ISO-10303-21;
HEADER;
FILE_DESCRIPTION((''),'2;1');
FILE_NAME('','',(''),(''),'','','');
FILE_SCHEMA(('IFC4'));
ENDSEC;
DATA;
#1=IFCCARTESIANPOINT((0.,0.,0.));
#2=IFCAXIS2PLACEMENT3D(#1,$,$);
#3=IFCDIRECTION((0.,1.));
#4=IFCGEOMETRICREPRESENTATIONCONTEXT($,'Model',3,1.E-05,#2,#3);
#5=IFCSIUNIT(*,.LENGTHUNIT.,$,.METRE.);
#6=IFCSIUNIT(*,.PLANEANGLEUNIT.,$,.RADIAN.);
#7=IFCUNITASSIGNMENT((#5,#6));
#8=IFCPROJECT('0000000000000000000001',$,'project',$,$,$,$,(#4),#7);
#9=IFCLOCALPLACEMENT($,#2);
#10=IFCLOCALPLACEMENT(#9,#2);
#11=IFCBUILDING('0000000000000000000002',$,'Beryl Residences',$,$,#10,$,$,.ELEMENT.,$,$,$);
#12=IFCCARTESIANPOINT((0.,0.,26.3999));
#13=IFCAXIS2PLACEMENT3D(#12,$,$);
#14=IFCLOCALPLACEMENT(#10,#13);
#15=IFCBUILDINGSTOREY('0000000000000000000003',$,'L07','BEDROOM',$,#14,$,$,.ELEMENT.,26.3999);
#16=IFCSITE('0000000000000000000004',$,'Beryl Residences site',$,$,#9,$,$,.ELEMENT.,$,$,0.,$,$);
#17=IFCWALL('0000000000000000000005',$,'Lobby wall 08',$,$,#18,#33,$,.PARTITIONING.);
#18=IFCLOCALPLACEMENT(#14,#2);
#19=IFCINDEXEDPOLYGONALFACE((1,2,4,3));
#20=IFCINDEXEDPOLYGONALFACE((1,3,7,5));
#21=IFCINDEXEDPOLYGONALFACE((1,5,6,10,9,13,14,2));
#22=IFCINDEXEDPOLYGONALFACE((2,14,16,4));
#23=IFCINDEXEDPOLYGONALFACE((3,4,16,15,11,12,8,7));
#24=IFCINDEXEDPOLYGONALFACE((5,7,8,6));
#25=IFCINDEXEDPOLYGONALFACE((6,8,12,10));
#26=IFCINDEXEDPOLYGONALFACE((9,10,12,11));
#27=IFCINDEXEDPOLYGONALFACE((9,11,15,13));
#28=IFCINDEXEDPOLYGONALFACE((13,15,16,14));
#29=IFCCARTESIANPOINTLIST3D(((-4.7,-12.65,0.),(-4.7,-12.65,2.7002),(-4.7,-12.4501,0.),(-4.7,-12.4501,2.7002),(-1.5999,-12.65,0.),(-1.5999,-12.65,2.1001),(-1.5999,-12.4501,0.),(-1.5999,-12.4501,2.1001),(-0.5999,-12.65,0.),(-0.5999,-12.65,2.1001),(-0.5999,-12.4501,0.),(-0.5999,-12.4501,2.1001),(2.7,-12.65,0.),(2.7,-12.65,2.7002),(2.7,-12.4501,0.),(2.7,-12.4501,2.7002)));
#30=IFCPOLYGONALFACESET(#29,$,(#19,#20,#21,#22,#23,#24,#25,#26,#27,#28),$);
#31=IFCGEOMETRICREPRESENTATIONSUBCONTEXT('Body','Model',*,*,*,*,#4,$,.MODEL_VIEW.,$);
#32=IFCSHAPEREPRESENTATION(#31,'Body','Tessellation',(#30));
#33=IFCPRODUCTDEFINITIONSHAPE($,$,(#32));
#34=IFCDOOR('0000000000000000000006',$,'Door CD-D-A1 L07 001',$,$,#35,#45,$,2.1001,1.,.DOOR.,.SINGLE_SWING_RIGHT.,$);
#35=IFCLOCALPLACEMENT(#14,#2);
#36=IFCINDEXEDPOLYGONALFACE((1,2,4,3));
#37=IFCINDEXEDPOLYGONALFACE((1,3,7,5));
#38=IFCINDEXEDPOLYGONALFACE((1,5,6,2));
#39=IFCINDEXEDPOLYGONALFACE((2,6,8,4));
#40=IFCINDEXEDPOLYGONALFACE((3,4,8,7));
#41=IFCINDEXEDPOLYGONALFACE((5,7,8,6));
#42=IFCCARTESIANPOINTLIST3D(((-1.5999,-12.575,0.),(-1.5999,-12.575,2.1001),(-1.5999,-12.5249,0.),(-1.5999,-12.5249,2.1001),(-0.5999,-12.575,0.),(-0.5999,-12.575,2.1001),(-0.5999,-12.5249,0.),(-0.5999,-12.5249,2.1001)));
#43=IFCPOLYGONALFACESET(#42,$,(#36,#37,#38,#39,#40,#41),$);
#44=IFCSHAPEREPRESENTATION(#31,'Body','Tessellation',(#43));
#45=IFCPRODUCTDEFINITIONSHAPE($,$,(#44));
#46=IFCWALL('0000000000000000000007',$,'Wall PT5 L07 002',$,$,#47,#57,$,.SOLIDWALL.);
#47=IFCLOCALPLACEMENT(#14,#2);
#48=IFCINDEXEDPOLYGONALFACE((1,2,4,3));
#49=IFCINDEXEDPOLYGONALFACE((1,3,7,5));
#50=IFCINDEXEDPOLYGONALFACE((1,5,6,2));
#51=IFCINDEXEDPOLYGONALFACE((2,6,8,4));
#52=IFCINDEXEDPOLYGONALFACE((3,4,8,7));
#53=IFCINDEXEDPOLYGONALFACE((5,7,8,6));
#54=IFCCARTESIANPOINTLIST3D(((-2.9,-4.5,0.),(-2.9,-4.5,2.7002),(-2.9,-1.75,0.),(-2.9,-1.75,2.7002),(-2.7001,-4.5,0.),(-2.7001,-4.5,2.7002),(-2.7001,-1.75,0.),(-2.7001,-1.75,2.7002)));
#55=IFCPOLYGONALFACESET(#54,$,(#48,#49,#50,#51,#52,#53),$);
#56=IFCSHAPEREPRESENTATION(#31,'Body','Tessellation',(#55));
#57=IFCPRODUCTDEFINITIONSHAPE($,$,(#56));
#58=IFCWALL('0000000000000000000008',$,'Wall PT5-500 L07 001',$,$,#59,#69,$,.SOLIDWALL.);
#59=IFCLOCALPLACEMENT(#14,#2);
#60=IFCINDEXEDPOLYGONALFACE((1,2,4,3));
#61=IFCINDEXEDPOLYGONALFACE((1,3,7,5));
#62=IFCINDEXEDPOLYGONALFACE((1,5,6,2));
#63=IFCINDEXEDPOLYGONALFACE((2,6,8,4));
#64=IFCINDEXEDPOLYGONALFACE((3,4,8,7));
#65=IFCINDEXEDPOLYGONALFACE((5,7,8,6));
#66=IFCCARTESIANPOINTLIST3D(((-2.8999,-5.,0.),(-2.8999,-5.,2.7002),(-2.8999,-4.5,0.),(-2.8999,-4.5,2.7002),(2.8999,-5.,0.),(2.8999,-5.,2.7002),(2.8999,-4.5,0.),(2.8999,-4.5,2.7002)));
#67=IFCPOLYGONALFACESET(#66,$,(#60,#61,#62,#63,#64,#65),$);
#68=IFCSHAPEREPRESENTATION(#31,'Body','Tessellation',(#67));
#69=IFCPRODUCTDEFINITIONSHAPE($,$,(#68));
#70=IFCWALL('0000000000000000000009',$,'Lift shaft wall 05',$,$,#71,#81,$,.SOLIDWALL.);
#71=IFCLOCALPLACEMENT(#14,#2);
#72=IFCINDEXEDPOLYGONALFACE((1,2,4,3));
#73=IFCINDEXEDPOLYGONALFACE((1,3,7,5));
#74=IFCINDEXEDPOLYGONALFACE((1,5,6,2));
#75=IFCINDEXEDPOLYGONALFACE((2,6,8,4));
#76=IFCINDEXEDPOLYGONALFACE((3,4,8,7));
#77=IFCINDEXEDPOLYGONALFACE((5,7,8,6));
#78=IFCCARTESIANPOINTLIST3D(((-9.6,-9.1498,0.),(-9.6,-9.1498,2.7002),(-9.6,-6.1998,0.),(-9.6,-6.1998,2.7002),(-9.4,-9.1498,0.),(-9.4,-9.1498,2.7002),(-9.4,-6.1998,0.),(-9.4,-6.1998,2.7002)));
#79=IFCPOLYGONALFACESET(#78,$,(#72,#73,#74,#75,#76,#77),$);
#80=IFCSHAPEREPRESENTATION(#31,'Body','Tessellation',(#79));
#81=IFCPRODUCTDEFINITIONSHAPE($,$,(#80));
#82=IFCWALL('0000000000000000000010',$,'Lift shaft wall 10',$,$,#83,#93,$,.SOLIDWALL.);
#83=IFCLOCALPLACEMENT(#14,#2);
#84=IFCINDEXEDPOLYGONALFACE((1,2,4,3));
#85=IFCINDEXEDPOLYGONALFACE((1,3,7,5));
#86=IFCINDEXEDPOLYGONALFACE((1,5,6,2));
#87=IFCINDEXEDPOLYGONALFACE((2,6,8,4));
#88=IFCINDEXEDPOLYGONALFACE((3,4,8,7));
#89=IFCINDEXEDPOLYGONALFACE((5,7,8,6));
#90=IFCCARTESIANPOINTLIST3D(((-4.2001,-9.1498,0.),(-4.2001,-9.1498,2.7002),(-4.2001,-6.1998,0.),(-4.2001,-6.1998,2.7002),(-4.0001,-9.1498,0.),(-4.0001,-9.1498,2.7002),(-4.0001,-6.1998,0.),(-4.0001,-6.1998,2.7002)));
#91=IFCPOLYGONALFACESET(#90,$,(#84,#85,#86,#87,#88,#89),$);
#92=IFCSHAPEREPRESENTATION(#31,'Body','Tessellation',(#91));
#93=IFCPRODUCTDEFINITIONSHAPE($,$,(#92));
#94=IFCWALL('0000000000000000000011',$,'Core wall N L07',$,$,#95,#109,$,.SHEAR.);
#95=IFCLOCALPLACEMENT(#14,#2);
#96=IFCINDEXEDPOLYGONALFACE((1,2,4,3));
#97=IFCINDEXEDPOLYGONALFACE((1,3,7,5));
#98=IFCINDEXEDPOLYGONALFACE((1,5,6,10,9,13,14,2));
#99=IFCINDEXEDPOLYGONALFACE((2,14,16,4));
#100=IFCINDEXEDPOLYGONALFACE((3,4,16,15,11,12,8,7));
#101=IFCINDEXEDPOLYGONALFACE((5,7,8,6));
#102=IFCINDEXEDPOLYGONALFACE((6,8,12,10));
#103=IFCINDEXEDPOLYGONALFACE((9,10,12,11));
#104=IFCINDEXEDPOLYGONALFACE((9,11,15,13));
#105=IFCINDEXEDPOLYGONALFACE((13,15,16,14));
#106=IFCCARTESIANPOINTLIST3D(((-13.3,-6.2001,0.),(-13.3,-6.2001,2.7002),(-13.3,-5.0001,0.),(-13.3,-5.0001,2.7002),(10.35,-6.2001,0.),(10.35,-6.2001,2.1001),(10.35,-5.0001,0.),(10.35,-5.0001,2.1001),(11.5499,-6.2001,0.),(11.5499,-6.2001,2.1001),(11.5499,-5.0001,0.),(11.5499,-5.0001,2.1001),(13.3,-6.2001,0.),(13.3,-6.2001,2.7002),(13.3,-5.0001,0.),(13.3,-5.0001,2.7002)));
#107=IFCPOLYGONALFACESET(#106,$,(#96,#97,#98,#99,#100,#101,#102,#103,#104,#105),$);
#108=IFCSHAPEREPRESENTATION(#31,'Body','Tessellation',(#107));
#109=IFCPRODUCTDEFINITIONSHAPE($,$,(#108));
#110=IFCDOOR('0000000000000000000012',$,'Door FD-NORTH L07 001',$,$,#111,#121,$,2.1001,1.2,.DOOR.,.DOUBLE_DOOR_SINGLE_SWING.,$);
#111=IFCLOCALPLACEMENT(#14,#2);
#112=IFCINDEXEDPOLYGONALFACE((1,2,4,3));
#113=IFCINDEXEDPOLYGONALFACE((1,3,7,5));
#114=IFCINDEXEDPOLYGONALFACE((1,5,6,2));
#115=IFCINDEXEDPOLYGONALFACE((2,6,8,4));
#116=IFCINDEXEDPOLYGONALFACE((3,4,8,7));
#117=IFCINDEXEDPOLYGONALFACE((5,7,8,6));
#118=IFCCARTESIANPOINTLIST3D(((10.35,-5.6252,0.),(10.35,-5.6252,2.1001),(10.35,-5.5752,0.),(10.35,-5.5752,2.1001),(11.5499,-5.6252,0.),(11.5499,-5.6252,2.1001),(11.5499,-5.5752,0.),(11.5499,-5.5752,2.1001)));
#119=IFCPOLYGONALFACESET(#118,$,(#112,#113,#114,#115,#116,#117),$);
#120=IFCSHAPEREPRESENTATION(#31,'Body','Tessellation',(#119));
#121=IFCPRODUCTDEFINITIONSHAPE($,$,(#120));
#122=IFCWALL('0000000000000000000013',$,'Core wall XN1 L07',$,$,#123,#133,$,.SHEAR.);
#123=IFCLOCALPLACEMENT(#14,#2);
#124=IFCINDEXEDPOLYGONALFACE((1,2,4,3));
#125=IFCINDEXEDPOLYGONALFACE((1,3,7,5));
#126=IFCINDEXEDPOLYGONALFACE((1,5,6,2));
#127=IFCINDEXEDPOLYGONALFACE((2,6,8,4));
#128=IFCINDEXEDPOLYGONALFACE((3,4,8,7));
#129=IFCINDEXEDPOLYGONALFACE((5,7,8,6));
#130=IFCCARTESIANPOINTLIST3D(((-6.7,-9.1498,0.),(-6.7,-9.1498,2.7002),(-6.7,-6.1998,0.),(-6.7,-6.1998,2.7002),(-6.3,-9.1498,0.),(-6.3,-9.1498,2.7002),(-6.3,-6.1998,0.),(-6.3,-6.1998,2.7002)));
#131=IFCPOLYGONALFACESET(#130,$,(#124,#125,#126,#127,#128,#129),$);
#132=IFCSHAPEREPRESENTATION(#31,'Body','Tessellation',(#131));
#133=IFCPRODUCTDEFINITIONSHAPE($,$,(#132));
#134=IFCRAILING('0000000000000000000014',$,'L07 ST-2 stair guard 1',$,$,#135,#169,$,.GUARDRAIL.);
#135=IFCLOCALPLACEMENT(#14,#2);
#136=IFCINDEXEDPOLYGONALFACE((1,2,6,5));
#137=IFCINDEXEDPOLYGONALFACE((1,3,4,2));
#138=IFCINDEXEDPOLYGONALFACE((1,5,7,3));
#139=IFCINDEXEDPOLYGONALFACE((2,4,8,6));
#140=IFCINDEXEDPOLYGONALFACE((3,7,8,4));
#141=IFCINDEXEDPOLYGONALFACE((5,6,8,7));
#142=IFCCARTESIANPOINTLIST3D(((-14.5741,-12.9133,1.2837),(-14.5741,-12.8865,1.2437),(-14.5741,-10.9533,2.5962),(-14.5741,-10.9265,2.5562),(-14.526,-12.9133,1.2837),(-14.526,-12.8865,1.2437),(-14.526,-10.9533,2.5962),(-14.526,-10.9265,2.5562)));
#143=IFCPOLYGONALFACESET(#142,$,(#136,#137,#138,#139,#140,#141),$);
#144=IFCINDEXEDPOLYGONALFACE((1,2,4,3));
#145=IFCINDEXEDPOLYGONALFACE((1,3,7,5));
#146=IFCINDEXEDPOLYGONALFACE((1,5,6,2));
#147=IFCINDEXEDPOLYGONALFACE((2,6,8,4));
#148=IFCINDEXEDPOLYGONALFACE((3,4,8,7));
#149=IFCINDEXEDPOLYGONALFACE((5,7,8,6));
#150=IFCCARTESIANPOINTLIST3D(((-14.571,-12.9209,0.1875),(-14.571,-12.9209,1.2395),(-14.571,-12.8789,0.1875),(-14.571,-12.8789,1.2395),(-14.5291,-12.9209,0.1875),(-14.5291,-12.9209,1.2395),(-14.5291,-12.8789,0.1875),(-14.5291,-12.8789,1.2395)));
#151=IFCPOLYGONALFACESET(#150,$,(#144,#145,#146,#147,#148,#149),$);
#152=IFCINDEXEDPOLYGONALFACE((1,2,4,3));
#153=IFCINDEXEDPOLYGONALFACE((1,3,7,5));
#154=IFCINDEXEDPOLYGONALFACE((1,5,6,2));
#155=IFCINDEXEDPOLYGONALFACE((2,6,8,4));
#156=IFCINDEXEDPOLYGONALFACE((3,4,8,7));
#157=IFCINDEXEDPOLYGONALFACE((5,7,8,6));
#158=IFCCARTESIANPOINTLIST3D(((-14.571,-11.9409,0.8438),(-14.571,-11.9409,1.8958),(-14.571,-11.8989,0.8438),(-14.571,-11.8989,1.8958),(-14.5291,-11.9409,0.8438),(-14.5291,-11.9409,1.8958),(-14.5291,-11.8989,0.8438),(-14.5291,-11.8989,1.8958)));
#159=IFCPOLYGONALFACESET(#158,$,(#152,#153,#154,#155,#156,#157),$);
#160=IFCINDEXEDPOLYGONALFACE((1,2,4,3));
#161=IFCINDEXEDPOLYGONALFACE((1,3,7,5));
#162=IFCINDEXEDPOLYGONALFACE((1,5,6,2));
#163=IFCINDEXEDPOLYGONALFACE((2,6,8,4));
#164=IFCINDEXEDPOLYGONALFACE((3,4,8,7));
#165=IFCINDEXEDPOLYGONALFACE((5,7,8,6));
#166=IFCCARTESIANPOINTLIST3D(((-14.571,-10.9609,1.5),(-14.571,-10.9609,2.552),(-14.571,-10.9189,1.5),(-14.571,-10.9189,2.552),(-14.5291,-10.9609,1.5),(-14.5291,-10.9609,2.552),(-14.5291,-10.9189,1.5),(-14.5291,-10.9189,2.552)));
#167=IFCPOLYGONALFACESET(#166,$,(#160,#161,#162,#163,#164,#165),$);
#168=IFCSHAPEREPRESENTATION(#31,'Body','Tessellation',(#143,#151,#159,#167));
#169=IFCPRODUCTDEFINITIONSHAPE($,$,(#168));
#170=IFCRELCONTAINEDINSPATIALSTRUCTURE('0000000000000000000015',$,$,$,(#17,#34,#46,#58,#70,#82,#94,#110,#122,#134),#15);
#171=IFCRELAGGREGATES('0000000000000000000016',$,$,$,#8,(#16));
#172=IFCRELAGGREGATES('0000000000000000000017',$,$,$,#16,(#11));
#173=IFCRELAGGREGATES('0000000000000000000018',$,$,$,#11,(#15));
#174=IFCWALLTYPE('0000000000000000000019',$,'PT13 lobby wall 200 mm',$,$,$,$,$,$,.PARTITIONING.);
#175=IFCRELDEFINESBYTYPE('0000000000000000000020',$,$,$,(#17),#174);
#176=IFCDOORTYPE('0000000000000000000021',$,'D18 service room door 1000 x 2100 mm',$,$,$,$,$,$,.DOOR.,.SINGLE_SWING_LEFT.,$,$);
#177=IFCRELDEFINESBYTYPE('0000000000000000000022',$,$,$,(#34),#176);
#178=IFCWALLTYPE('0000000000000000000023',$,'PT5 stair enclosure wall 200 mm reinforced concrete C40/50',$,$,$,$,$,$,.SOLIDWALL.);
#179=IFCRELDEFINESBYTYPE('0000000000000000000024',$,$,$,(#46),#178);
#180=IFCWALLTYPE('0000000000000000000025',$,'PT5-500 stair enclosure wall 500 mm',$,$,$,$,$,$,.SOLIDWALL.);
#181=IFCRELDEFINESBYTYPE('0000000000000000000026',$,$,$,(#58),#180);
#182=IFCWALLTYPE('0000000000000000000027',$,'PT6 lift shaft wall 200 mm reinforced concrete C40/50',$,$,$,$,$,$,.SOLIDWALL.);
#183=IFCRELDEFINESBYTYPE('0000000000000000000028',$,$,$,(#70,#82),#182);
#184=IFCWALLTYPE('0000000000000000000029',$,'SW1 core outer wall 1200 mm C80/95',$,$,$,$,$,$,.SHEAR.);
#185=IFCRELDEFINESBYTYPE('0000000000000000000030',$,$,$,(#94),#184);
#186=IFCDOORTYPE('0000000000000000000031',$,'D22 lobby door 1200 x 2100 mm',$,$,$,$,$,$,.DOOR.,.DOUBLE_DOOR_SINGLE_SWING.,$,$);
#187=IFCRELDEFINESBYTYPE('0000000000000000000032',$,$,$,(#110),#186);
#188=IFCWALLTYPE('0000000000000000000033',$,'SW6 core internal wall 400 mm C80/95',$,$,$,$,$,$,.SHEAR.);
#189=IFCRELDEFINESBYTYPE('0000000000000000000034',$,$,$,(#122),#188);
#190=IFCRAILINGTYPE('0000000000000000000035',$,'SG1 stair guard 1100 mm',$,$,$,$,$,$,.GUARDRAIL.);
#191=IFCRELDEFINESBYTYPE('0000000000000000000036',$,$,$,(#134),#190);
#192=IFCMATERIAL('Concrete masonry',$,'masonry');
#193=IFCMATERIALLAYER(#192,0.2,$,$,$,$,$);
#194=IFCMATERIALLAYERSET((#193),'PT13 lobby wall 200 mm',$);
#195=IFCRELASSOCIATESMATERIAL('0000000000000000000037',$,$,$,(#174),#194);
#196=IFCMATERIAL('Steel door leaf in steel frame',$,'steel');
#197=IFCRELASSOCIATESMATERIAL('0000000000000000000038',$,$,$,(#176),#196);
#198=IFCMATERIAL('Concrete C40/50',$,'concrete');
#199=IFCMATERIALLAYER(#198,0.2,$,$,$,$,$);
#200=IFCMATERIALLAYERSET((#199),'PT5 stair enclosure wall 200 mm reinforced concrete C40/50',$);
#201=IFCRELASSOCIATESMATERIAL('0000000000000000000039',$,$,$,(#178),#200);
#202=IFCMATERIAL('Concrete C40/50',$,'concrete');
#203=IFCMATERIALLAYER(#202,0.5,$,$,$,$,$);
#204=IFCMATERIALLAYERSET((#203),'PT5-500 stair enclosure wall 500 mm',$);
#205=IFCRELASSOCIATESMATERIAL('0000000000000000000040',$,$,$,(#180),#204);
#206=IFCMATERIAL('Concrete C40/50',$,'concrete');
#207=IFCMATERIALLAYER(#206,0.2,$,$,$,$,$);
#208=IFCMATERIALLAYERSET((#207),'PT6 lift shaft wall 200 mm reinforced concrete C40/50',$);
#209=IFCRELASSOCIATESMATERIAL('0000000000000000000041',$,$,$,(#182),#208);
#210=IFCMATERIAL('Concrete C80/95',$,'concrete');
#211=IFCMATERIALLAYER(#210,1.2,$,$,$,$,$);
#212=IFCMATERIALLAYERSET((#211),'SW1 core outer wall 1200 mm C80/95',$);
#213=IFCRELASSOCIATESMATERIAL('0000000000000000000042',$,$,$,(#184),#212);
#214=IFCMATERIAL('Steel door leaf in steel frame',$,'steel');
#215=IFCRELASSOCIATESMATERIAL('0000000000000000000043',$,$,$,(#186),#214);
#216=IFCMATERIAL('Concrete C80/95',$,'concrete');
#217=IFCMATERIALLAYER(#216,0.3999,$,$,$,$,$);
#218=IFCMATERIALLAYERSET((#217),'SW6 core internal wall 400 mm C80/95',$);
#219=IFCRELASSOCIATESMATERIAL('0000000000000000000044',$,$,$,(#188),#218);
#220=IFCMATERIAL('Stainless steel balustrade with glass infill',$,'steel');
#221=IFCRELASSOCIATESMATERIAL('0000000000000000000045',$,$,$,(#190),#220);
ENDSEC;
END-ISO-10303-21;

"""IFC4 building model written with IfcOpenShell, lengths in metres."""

from ifc_helpers import new_model, si_unit, direction, frame, frame_2d, origin, origin_2d, place, context, subcontext, project, spatial, rectangle, extrude, material, layer, layer_set, type_object, element, fill, save


model = new_model("IFC4")

# Units and contexts
model_context = context("Model", 3, precision=1e-05, world=origin(), true_north=direction((0.0, 1.0)))
body_context = subcontext(model_context, "Body", "Model", "MODEL_VIEW")
ifc_project = project(units=[si_unit("LENGTHUNIT", "METRE"), si_unit("PLANEANGLEUNIT", "RADIAN")], contexts=[model_context])

# Site, building, storey
site_placement = place(None, origin())
site = spatial("IfcSite", under=ifc_project, at=site_placement, Name="Beryl Residences site", CompositionType="ELEMENT", RefElevation=0.0)
building_placement = place(site_placement, origin())
building = spatial("IfcBuilding", under=site, at=building_placement, Name="Beryl Residences", CompositionType="ELEMENT")
storey_placement = place(building_placement, frame((0.0, 0.0, 26.3999)))
storey = spatial("IfcBuildingStorey", under=building, at=storey_placement, Name="L07", Description="BEDROOM", CompositionType="ELEMENT", Elevation=26.3999)

# Wall, opening, door
ifc_material_1 = material(Name="Concrete masonry", Category="masonry")
ifc_layer_1 = layer(ifc_material_1, 0.2)
ifc_layer_set_1 = layer_set([ifc_layer_1], Name="PT13 lobby wall 200 mm")
wall_type_1 = type_object("IfcWallType", Name="PT13 lobby wall 200 mm", PredefinedType="PARTITIONING", material=ifc_layer_set_1)
wall_1_placement = place(storey_placement, frame((-4.7, -12.55, 0.0), z_axis=(0.0, 0.0, 1.0), x_axis=(1.0, 0.0, 0.0)))
wall_1 = element("IfcWall", 1, at=wall_1_placement, inside=storey, type_object=wall_type_1, Name="Lobby wall 08", PredefinedType="PARTITIONING", context=body_context, shape_type="SweptSolid", body=[
    extrude(rectangle(XDim=7.3999, YDim=0.2, at=frame_2d((3.7, 0.0))), origin(), (0.0, 0.0, 1.0), 2.7002),
])
opening_1_placement = place(wall_1_placement, frame((4.1001, 0.0, 0.0), z_axis=(0.0, 0.0, 1.0), x_axis=(-1.0, 0.0, 0.0)))
opening_1 = element("IfcOpeningElement", 2, at=opening_1_placement, cuts=wall_1, PredefinedType="OPENING", context=body_context, shape_type="SweptSolid", body=[
    extrude(rectangle(XDim=1.0, YDim=2.1001, at=frame_2d((0.5, 1.05))), frame((0.0, 0.1099, 0.0), z_axis=(0.0, -1.0, 0.0), x_axis=(1.0, 0.0, 0.0)), (0.0, 0.0, 1.0), 0.22),
])
ifc_material_2 = material(Name="Steel door leaf in steel frame", Category="steel")
door_type_1 = type_object("IfcDoorType", Name="D18 service room door 1000 x 2100 mm", OperationType="SINGLE_SWING_LEFT", PredefinedType="DOOR", material=ifc_material_2)
door_1_placement = place(opening_1_placement, origin())
door_1 = element("IfcDoor", 3, at=door_1_placement, inside=storey, type_object=door_type_1, Name="Door CD-D-A1 L07 001", OperationType="SINGLE_SWING_RIGHT", OverallHeight=2.1001, OverallWidth=1.0, PredefinedType="DOOR", context=body_context, shape_type="SweptSolid", body=[
    extrude(rectangle(XDim=1.0, YDim=2.1001, at=frame_2d((0.5, 1.05))), frame((0.0, 0.0249, 0.0), z_axis=(0.0, -1.0, 0.0), x_axis=(1.0, 0.0, 0.0)), (0.0, 0.0, 1.0), 0.05),
])
fill(opening_1, door_1)

# Walls
ifc_material_3 = material(Name="Concrete C40/50", Category="concrete")
ifc_layer_2 = layer(ifc_material_3, 0.2)
ifc_layer_set_2 = layer_set([ifc_layer_2], Name="PT5 stair enclosure wall 200 mm reinforced concrete C40/50")
wall_type_2 = type_object("IfcWallType", Name="PT5 stair enclosure wall 200 mm reinforced concrete C40/50", PredefinedType="SOLIDWALL", material=ifc_layer_set_2)
wall_2_placement = place(storey_placement, frame((-2.8, -4.5, 0.0), z_axis=(0.0, 0.0, 1.0), x_axis=(0.0, 1.0, 0.0)))
element("IfcWall", 4, at=wall_2_placement, inside=storey, type_object=wall_type_2, Name="Wall PT5 L07 002", PredefinedType="SOLIDWALL", context=body_context, shape_type="SweptSolid", body=[
    extrude(rectangle(XDim=2.75, YDim=0.2, at=frame_2d((1.375, 0.0))), origin(), (0.0, 0.0, 1.0), 2.7002),
])
ifc_material_4 = material(Name="Concrete C40/50", Category="concrete")
ifc_layer_3 = layer(ifc_material_4, 0.5)
ifc_layer_set_3 = layer_set([ifc_layer_3], Name="PT5-500 stair enclosure wall 500 mm")
wall_type_3 = type_object("IfcWallType", Name="PT5-500 stair enclosure wall 500 mm", PredefinedType="SOLIDWALL", material=ifc_layer_set_3)
wall_3_placement = place(storey_placement, frame((-2.8999, -4.75, 0.0), z_axis=(0.0, 0.0, 1.0), x_axis=(1.0, 0.0, 0.0)))
element("IfcWall", 5, at=wall_3_placement, inside=storey, type_object=wall_type_3, Name="Wall PT5-500 L07 001", PredefinedType="SOLIDWALL", context=body_context, shape_type="SweptSolid", body=[
    extrude(rectangle(XDim=5.7998, YDim=0.5, at=frame_2d((2.8999, 0.0))), origin(), (0.0, 0.0, 1.0), 2.7002),
])
ifc_material_5 = material(Name="Concrete C40/50", Category="concrete")
ifc_layer_4 = layer(ifc_material_5, 0.2)
ifc_layer_set_4 = layer_set([ifc_layer_4], Name="PT6 lift shaft wall 200 mm reinforced concrete C40/50")
wall_type_4 = type_object("IfcWallType", Name="PT6 lift shaft wall 200 mm reinforced concrete C40/50", PredefinedType="SOLIDWALL", material=ifc_layer_set_4)
for number, where, z_axis, x_axis, name in (
    (6, (-9.5, -9.1499, 0.0), (0.0, 0.0, 1.0), (0.0, 1.0, 0.0), "Lift shaft wall 05"),
    (7, (-4.1001, -9.1499, 0.0), (0.0, 0.0, 1.0), (0.0, 1.0, 0.0), "Lift shaft wall 10"),
):
    element("IfcWall", number, at=place(storey_placement, frame(where, z_axis=z_axis, x_axis=x_axis)), inside=storey, type_object=wall_type_4, Name=name, PredefinedType="SOLIDWALL", context=body_context, shape_type="SweptSolid", body=[
        extrude(rectangle(XDim=2.95, YDim=0.2, at=frame_2d((1.4751, 0.0))), origin(), (0.0, 0.0, 1.0), 2.7002),
    ])

# Wall, opening, door
ifc_material_6 = material(Name="Concrete C80/95", Category="concrete")
ifc_layer_5 = layer(ifc_material_6, 1.2)
ifc_layer_set_5 = layer_set([ifc_layer_5], Name="SW1 core outer wall 1200 mm C80/95")
wall_type_5 = type_object("IfcWallType", Name="SW1 core outer wall 1200 mm C80/95", PredefinedType="SHEAR", material=ifc_layer_set_5)
wall_4_placement = place(storey_placement, frame((-13.3, -5.6001, 0.0), z_axis=(0.0, 0.0, 1.0), x_axis=(1.0, 0.0, 0.0)))
wall_4 = element("IfcWall", 8, at=wall_4_placement, inside=storey, type_object=wall_type_5, Name="Core wall N L07", PredefinedType="SHEAR", context=body_context, shape_type="SweptSolid", body=[
    extrude(rectangle(XDim=26.6001, YDim=1.2, at=frame_2d((13.3, 0.0))), origin(), (0.0, 0.0, 1.0), 2.7002),
])
opening_2_placement = place(wall_4_placement, frame((23.6499, 0.0, 0.0)))
opening_2 = element("IfcOpeningElement", 9, at=opening_2_placement, cuts=wall_4, PredefinedType="OPENING", context=body_context, shape_type="SweptSolid", body=[
    extrude(rectangle(XDim=1.2, YDim=2.1001, at=frame_2d((0.6001, 1.05))), frame((0.0, 0.6099, 0.0), z_axis=(0.0, -1.0, 0.0), x_axis=(1.0, 0.0, 0.0)), (0.0, 0.0, 1.0), 1.22),
])
ifc_material_7 = material(Name="Steel door leaf in steel frame", Category="steel")
door_type_2 = type_object("IfcDoorType", Name="D22 lobby door 1200 x 2100 mm", OperationType="DOUBLE_DOOR_SINGLE_SWING", PredefinedType="DOOR", material=ifc_material_7)
door_2_placement = place(opening_2_placement, origin())
door_2 = element("IfcDoor", 10, at=door_2_placement, inside=storey, type_object=door_type_2, Name="Door FD-NORTH L07 001", OperationType="DOUBLE_DOOR_SINGLE_SWING", OverallHeight=2.1001, OverallWidth=1.2, PredefinedType="DOOR", context=body_context, shape_type="SweptSolid", body=[
    extrude(rectangle(XDim=1.2, YDim=2.1001, at=frame_2d((0.6001, 1.05))), frame((0.0, 0.0249, 0.0), z_axis=(0.0, -1.0, 0.0), x_axis=(1.0, 0.0, 0.0)), (0.0, 0.0, 1.0), 0.05),
])
fill(opening_2, door_2)

# Shared definitions
ifc_material_8 = material(Name="Concrete C80/95", Category="concrete")
ifc_layer_6 = layer(ifc_material_8, 0.3999)
ifc_layer_set_6 = layer_set([ifc_layer_6], Name="SW6 core internal wall 400 mm C80/95")
wall_type_6 = type_object("IfcWallType", Name="SW6 core internal wall 400 mm C80/95", PredefinedType="SHEAR", material=ifc_layer_set_6)

# Wall
wall_5_placement = place(storey_placement, frame((-6.5, -9.1499, 0.0), z_axis=(0.0, 0.0, 1.0), x_axis=(0.0, 1.0, 0.0)))
element("IfcWall", 11, at=wall_5_placement, inside=storey, type_object=wall_type_6, Name="Core wall XN1 L07", PredefinedType="SHEAR", context=body_context, shape_type="SweptSolid", body=[
    extrude(rectangle(XDim=2.95, YDim=0.3999, at=frame_2d((1.4751, 0.0))), origin(), (0.0, 0.0, 1.0), 2.7002),
])

# Railing
ifc_material_9 = material(Name="Stainless steel balustrade with glass infill", Category="steel")
railing_type_1 = type_object("IfcRailingType", Name="SG1 stair guard 1100 mm", PredefinedType="GUARDRAIL", material=ifc_material_9)
railing_1_placement = place(storey_placement, frame((-14.55, -12.8999, 0.1875)))
element("IfcRailing", 12, at=railing_1_placement, inside=storey, type_object=railing_type_1, Name="L07 ST-2 stair guard 1", PredefinedType="GUARDRAIL", context=body_context, shape_type="SweptSolid", body=[
    extrude(rectangle(XDim=0.0481, YDim=0.0481, at=origin_2d()), frame((0.0, 0.0, 1.0762), z_axis=(0.0, 0.830902, 0.556419), x_axis=(-1.0, 0.0, 0.0)), (0.0, 0.0, 1.0), 2.3589),
    extrude(rectangle(XDim=0.042, YDim=0.042, at=origin_2d()), origin(), (0.0, 0.0, 1.0), 1.052),
    extrude(rectangle(XDim=0.042, YDim=0.042, at=origin_2d()), frame((0.0, 0.98, 0.6562)), (0.0, 0.0, 1.0), 1.052),
    extrude(rectangle(XDim=0.042, YDim=0.042, at=origin_2d()), frame((0.0, 1.96, 1.3125)), (0.0, 0.0, 1.0), 1.052),
])

save(model, "model.ifc")
